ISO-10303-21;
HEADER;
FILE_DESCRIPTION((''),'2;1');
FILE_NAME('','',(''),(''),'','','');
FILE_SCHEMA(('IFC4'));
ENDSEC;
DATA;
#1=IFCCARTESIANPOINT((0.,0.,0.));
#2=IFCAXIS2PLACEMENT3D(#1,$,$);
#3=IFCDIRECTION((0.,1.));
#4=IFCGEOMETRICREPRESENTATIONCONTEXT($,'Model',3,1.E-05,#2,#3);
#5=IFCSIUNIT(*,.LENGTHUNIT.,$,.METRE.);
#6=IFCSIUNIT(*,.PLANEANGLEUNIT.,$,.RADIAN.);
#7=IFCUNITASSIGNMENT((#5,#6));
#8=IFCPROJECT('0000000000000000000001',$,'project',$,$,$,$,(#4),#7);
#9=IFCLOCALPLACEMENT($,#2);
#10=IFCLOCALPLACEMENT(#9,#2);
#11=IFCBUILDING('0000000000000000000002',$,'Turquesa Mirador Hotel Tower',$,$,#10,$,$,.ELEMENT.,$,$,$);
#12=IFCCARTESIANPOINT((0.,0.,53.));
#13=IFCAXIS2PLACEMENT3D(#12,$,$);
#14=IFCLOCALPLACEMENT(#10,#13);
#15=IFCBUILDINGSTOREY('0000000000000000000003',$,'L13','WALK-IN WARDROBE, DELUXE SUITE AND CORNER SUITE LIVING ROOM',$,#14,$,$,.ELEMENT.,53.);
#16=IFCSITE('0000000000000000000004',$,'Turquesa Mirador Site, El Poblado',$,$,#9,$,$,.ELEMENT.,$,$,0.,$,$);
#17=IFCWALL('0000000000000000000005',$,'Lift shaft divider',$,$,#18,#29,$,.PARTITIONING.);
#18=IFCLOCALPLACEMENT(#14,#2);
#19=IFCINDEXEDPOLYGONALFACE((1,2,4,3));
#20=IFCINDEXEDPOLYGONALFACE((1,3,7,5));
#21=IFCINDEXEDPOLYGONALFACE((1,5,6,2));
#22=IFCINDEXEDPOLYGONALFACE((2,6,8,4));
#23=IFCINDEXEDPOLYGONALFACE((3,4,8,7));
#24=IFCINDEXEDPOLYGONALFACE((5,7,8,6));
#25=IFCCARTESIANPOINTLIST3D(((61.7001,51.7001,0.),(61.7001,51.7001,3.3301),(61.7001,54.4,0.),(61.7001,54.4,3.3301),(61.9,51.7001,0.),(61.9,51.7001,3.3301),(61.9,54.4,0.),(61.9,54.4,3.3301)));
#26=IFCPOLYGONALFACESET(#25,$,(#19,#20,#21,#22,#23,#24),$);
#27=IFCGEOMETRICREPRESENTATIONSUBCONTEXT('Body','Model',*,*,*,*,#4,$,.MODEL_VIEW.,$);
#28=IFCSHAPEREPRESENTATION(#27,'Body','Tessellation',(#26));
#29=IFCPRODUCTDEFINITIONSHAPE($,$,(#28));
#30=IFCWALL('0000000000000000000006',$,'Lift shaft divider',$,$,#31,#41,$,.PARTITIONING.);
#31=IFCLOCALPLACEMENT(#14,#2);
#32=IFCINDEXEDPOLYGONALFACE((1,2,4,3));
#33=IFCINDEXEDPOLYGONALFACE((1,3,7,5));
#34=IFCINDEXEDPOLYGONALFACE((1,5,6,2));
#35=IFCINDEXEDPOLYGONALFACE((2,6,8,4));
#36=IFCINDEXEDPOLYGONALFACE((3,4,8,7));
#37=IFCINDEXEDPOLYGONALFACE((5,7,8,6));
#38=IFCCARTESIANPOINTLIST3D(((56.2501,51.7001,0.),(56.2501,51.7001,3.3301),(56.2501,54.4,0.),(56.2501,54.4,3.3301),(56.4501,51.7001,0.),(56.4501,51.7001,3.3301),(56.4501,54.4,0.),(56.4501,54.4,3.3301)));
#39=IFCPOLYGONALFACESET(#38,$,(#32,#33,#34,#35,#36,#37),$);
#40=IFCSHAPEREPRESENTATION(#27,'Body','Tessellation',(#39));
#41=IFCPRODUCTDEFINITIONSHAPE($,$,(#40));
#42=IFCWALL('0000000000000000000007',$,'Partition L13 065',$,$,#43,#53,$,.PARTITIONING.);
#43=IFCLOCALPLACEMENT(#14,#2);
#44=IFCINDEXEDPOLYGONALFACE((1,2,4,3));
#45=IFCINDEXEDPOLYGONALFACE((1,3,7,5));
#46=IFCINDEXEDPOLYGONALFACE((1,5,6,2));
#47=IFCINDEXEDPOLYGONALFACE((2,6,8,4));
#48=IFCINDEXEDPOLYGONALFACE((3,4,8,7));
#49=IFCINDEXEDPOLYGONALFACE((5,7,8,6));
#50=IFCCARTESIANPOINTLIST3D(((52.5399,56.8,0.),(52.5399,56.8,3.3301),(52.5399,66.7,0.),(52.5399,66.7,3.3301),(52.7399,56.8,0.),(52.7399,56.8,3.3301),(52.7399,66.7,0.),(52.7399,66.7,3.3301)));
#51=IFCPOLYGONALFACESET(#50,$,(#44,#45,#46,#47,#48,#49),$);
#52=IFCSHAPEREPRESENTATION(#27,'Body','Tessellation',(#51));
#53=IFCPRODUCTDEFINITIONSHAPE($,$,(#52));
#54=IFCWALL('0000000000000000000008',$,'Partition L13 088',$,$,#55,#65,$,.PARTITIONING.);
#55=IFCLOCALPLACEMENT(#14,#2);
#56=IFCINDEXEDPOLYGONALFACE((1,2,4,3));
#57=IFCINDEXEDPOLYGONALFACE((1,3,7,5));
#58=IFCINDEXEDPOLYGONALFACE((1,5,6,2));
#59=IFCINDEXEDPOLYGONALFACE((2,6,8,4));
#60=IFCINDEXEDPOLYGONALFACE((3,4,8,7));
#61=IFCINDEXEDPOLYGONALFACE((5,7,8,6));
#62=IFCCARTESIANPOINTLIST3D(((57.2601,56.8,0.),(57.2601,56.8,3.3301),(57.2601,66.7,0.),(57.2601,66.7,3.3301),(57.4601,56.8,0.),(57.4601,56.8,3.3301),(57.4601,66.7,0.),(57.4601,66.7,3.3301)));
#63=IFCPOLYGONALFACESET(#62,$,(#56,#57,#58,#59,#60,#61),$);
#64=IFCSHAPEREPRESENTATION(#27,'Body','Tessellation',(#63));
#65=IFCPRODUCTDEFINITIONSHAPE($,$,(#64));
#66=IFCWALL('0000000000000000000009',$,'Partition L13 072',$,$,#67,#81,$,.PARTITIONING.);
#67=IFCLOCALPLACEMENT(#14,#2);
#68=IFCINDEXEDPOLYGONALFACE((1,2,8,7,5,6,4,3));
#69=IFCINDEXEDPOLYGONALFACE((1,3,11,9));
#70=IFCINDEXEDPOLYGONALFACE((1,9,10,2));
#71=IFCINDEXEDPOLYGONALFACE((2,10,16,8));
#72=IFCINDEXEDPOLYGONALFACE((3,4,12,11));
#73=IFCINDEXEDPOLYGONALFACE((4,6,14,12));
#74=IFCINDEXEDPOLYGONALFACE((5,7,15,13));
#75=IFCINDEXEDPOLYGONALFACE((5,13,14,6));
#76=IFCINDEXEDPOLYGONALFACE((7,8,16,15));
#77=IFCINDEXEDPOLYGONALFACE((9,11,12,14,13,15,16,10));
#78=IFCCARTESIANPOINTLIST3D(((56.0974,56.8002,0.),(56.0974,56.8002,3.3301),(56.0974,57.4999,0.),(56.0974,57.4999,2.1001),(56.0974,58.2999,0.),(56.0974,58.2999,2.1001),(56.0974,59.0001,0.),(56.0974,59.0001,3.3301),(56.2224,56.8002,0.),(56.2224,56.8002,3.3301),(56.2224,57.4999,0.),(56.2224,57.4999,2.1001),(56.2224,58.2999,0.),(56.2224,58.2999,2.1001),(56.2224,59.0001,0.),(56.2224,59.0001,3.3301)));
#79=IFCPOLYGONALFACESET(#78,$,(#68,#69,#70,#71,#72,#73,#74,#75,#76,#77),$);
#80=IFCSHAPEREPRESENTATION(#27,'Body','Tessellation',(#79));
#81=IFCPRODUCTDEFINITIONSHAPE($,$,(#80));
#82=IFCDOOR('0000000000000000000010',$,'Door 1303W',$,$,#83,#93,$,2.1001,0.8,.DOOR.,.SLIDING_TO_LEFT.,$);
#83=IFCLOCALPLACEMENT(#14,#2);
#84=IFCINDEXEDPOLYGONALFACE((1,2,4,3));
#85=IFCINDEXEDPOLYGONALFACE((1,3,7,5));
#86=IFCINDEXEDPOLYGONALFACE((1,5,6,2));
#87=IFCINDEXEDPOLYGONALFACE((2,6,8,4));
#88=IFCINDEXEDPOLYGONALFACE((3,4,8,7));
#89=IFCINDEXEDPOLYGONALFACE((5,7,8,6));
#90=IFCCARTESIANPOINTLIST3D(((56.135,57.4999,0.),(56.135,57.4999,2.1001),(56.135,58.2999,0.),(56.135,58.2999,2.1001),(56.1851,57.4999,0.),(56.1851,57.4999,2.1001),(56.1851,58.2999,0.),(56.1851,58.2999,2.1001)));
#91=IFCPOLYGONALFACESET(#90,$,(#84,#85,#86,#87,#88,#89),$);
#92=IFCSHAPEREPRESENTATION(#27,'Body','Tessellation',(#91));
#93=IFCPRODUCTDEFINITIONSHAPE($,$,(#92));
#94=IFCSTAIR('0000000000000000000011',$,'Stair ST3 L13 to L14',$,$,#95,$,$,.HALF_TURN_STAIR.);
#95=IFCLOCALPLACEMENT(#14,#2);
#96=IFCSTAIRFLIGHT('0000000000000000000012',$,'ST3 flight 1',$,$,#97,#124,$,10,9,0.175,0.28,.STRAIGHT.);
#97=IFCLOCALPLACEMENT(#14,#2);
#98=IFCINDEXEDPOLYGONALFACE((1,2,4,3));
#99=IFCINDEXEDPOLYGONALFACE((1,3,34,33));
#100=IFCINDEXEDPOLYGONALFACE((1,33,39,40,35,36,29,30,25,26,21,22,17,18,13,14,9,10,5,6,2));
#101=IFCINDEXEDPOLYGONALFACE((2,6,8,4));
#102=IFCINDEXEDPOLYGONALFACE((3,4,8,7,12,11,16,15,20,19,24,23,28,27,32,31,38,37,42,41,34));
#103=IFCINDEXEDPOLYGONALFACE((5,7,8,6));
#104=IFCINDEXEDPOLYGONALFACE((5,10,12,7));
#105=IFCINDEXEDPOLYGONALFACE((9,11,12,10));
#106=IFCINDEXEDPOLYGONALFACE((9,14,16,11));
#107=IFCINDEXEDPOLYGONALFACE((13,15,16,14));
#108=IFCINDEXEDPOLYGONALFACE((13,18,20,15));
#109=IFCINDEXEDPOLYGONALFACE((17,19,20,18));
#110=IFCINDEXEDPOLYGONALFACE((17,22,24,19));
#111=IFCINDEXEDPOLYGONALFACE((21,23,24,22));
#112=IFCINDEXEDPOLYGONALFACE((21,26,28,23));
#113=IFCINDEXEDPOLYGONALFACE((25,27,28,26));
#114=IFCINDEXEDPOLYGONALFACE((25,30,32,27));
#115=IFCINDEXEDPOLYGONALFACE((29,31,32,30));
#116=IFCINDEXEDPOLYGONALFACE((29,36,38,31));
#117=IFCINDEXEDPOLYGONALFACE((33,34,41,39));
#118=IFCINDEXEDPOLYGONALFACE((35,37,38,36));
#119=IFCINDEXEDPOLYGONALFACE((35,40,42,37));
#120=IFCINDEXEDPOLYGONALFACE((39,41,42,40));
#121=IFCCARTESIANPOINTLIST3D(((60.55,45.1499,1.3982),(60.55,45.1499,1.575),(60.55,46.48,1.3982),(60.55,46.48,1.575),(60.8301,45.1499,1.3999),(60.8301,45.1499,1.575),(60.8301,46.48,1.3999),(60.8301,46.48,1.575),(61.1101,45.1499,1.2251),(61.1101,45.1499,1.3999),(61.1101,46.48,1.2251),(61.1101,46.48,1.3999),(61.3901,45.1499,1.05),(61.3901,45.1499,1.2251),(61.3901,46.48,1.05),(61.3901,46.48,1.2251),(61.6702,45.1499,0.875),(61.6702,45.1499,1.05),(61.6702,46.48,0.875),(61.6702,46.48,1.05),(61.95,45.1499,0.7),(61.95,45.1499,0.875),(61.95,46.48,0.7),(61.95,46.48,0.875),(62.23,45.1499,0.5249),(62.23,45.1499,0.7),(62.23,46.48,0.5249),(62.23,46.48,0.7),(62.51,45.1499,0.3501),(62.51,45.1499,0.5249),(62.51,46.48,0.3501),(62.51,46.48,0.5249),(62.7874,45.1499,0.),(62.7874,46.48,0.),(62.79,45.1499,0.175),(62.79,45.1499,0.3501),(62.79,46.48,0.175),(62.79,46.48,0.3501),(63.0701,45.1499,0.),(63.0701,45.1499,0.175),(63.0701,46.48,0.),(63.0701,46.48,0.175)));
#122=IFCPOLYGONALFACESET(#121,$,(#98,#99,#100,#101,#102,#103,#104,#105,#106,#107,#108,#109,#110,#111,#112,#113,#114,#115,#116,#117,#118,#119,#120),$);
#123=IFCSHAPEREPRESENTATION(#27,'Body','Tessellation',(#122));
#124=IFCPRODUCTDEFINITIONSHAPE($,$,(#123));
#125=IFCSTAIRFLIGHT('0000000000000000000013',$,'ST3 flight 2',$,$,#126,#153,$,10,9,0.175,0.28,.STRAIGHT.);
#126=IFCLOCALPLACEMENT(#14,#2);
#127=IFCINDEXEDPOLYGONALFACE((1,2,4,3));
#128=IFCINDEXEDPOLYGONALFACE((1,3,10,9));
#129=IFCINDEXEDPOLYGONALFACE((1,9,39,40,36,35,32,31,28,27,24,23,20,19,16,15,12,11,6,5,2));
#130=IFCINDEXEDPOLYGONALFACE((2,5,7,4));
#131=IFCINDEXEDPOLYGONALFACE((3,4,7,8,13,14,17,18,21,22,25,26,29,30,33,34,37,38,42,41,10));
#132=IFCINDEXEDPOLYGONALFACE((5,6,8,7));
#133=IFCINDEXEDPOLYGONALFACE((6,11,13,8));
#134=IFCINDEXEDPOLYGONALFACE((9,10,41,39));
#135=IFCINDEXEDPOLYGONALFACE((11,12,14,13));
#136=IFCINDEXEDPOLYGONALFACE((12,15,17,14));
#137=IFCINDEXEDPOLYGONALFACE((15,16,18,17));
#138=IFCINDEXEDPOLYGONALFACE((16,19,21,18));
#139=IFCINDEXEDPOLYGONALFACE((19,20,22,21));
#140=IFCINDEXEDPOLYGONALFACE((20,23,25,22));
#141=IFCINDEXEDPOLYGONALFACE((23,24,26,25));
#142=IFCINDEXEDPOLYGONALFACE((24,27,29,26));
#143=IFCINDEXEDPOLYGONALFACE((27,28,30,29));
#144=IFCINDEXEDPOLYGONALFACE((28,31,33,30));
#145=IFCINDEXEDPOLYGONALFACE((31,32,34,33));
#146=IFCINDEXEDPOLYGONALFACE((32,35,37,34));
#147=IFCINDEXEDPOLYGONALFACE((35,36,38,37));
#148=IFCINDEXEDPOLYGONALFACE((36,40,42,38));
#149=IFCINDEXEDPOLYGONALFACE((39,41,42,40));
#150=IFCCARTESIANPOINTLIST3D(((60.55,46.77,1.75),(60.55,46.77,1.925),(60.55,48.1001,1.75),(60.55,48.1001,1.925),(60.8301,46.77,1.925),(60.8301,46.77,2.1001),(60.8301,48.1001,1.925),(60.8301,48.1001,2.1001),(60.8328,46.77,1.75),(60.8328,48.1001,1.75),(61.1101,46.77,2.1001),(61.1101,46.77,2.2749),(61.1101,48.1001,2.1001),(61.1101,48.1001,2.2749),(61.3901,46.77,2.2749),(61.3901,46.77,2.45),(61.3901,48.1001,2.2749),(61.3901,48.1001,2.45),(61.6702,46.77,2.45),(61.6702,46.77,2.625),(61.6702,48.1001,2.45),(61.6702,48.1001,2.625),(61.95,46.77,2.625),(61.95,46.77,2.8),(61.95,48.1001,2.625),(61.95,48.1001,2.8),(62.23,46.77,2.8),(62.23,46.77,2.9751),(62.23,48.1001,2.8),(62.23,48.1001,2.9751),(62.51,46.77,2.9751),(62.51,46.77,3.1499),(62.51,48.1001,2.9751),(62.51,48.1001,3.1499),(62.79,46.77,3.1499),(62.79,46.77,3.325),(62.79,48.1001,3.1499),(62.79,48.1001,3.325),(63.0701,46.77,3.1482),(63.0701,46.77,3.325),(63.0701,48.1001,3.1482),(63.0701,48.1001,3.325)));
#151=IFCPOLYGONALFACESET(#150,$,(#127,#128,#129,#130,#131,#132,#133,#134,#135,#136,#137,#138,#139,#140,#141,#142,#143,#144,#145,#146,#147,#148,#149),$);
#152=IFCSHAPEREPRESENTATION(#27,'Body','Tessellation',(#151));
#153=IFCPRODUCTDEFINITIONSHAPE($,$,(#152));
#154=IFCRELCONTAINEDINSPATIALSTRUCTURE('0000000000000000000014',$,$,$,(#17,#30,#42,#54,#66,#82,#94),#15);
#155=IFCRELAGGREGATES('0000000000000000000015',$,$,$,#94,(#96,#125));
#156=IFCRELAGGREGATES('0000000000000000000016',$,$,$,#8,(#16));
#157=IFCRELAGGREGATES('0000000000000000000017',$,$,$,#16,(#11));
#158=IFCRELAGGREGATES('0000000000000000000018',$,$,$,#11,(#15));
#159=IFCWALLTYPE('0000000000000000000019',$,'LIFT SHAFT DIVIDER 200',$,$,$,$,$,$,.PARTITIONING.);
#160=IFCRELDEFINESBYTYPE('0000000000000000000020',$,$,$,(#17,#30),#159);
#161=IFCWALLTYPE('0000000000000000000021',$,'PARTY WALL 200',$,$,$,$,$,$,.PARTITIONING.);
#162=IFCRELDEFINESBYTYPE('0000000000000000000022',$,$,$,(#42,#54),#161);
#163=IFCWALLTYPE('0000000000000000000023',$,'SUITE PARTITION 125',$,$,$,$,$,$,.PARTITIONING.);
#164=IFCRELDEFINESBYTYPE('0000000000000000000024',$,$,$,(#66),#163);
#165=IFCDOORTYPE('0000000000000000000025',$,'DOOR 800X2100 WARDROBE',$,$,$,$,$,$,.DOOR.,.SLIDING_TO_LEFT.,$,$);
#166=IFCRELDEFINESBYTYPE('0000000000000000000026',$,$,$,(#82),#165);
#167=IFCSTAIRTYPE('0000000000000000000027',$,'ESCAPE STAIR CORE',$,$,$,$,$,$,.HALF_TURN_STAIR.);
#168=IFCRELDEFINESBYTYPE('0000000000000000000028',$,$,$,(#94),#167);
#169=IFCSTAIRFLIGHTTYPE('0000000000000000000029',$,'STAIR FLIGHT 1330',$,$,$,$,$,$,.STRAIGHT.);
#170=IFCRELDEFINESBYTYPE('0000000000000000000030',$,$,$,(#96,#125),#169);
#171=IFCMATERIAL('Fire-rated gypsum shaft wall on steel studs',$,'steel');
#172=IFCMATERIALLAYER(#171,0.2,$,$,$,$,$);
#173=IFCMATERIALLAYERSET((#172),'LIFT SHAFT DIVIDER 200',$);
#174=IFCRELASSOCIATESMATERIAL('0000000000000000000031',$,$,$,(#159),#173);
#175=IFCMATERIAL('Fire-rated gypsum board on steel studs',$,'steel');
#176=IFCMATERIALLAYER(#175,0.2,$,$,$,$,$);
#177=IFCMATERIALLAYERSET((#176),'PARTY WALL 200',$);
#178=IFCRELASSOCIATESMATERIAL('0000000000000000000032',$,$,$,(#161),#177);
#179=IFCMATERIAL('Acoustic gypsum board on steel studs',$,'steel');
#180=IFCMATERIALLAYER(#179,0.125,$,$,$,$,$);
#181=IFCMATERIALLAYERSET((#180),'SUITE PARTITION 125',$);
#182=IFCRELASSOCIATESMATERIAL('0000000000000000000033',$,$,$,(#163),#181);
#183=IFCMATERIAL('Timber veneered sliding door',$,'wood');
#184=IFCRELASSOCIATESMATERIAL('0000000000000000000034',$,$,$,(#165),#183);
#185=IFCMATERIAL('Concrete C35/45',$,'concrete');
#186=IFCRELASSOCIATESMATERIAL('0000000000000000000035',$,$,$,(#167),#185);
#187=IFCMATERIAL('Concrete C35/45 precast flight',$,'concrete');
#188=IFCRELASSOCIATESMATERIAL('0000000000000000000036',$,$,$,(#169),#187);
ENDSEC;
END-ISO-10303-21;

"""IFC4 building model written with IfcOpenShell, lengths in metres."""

from ifc_helpers import new_model, si_unit, direction, frame, frame_2d, origin, place, context, subcontext, project, spatial, polyline, rectangle, outline, extrude, material, layer, layer_set, type_object, element, fill, aggregate, save


model = new_model("IFC4")

# Units and contexts
model_context = context("Model", 3, precision=1e-05, world=origin(), true_north=direction((0.0, 1.0)))
body_context = subcontext(model_context, "Body", "Model", "MODEL_VIEW")
ifc_project = project(units=[si_unit("LENGTHUNIT", "METRE"), si_unit("PLANEANGLEUNIT", "RADIAN")], contexts=[model_context])

# Site, building, storey
site_placement = place(None, origin())
site = spatial("IfcSite", under=ifc_project, at=site_placement, Name="Turquesa Mirador Site, El Poblado", CompositionType="ELEMENT", RefElevation=0.0)
building_placement = place(site_placement, origin())
building = spatial("IfcBuilding", under=site, at=building_placement, Name="Turquesa Mirador Hotel Tower", CompositionType="ELEMENT")
storey_placement = place(building_placement, frame((0.0, 0.0, 53.0)))
storey = spatial("IfcBuildingStorey", under=building, at=storey_placement, Name="L13", Description="WALK-IN WARDROBE, DELUXE SUITE AND CORNER SUITE LIVING ROOM", CompositionType="ELEMENT", Elevation=53.0)

# Walls
ifc_material_1 = material(Name="Fire-rated gypsum shaft wall on steel studs", Category="steel")
ifc_layer_1 = layer(ifc_material_1, 0.2)
ifc_layer_set_1 = layer_set([ifc_layer_1], Name="LIFT SHAFT DIVIDER 200")
wall_type_1 = type_object("IfcWallType", Name="LIFT SHAFT DIVIDER 200", PredefinedType="PARTITIONING", material=ifc_layer_set_1)
for number, where, z_axis, x_axis, name in (
    (1, (61.8, 51.7, 0.0), (0.0, 0.0, 1.0), (0.0, 1.0, 0.0), "Lift shaft divider"),
    (2, (56.3501, 51.7, 0.0), (0.0, 0.0, 1.0), (0.0, 1.0, 0.0), "Lift shaft divider"),
):
    element("IfcWall", number, at=place(storey_placement, frame(where, z_axis=z_axis, x_axis=x_axis)), inside=storey, type_object=wall_type_1, Name=name, PredefinedType="PARTITIONING", context=body_context, shape_type="SweptSolid", body=[
        extrude(rectangle(XDim=2.7, YDim=0.2, at=frame_2d((1.3501, 0.0))), origin(), (0.0, 0.0, 1.0), 3.3301),
    ])
ifc_material_2 = material(Name="Fire-rated gypsum board on steel studs", Category="steel")
ifc_layer_2 = layer(ifc_material_2, 0.2)
ifc_layer_set_2 = layer_set([ifc_layer_2], Name="PARTY WALL 200")
wall_type_2 = type_object("IfcWallType", Name="PARTY WALL 200", PredefinedType="PARTITIONING", material=ifc_layer_set_2)
for number, where, z_axis, x_axis, name in (
    (3, (52.6399, 56.8, 0.0), (0.0, 0.0, 1.0), (0.0, 1.0, 0.0), "Partition L13 065"),
    (4, (57.3601, 56.8, 0.0), (0.0, 0.0, 1.0), (0.0, 1.0, 0.0), "Partition L13 088"),
):
    element("IfcWall", number, at=place(storey_placement, frame(where, z_axis=z_axis, x_axis=x_axis)), inside=storey, type_object=wall_type_2, Name=name, PredefinedType="PARTITIONING", context=body_context, shape_type="SweptSolid", body=[
        extrude(rectangle(XDim=9.8999, YDim=0.2, at=frame_2d((4.95, 0.0))), origin(), (0.0, 0.0, 1.0), 3.3301),
    ])

# Wall, opening, door
ifc_material_3 = material(Name="Acoustic gypsum board on steel studs", Category="steel")
ifc_layer_3 = layer(ifc_material_3, 0.125)
ifc_layer_set_3 = layer_set([ifc_layer_3], Name="SUITE PARTITION 125")
wall_type_3 = type_object("IfcWallType", Name="SUITE PARTITION 125", PredefinedType="PARTITIONING", material=ifc_layer_set_3)
wall_1_placement = place(storey_placement, frame((56.1599, 56.8, 0.0), z_axis=(0.0, 0.0, 1.0), x_axis=(0.0, 1.0, 0.0)))
wall_1 = element("IfcWall", 5, at=wall_1_placement, inside=storey, type_object=wall_type_3, Name="Partition L13 072", PredefinedType="PARTITIONING", context=body_context, shape_type="SweptSolid", body=[
    extrude(rectangle(XDim=2.2, YDim=0.125, at=frame_2d((1.1001, 0.0))), origin(), (0.0, 0.0, 1.0), 3.3301),
])
opening_1_placement = place(wall_1_placement, frame((0.7, 0.0, 0.0)))
opening_1 = element("IfcOpeningElement", 6, at=opening_1_placement, cuts=wall_1, PredefinedType="OPENING", context=body_context, shape_type="SweptSolid", body=[
    extrude(rectangle(XDim=0.8, YDim=2.1001, at=frame_2d((0.3999, 1.05))), frame((0.0, 0.0725, 0.0), z_axis=(0.0, -1.0, 0.0), x_axis=(1.0, 0.0, 0.0)), (0.0, 0.0, 1.0), 0.145),
])
ifc_material_4 = material(Name="Timber veneered sliding door", Category="wood")
door_type_1 = type_object("IfcDoorType", Name="DOOR 800X2100 WARDROBE", OperationType="SLIDING_TO_LEFT", PredefinedType="DOOR", material=ifc_material_4)
door_1_placement = place(opening_1_placement, origin())
door_1 = element("IfcDoor", 7, at=door_1_placement, inside=storey, type_object=door_type_1, Name="Door 1303W", OperationType="SLIDING_TO_LEFT", OverallHeight=2.1001, OverallWidth=0.8, PredefinedType="DOOR", context=body_context, shape_type="SweptSolid", body=[
    extrude(rectangle(XDim=0.8, YDim=2.1001, at=frame_2d((0.3999, 1.05))), frame((0.0, 0.0249, 0.0), z_axis=(0.0, -1.0, 0.0), x_axis=(1.0, 0.0, 0.0)), (0.0, 0.0, 1.0), 0.05),
])
fill(opening_1, door_1)

# Stair, stair flights
ifc_material_5 = material(Name="Concrete C35/45", Category="concrete")
stair_type = type_object("IfcStairType", Name="ESCAPE STAIR CORE", PredefinedType="HALF_TURN_STAIR", material=ifc_material_5)
stair_placement = place(storey_placement, origin())
stair = element("IfcStair", 8, at=stair_placement, inside=storey, type_object=stair_type, Name="Stair ST3 L13 to L14", PredefinedType="HALF_TURN_STAIR")
ifc_material_6 = material(Name="Concrete C35/45 precast flight", Category="concrete")
stair_flight_type = type_object("IfcStairFlightType", Name="STAIR FLIGHT 1330", PredefinedType="STRAIGHT", material=ifc_material_6)
stair_flight_1_placement = place(storey_placement, frame((63.0701, 45.8149, 0.0), z_axis=(0.0, 0.0, 1.0), x_axis=(-1.0, 0.0, 0.0)))
stair_flight_1 = element("IfcStairFlight", 9, at=stair_flight_1_placement, type_object=stair_flight_type, Name="ST3 flight 1", NumberOfRisers=10, NumberOfTreads=9, PredefinedType="STRAIGHT", RiserHeight=0.175, TreadLength=0.28, context=body_context, shape_type="SweptSolid", body=[
    extrude(outline(polyline([(0.0, 0.0), (0.0, 0.175), (0.28, 0.175), (0.28, 0.3501), (0.5601, 0.3501), (0.5601, 0.5249), (0.8401, 0.5249), (0.8401, 0.7), (1.1201, 0.7), (1.1201, 0.875), (1.3999, 0.875), (1.3999, 1.05), (1.6799, 1.05), (1.6799, 1.2251), (1.96, 1.2251), (1.96, 1.3999), (2.24, 1.3999), (2.24, 1.575), (2.52, 1.575), (2.52, 1.75), (2.52, 1.3982), (0.2827, 0.0), (0.0, 0.0)])), frame((0.0, 0.665, 0.0), z_axis=(0.0, -1.0, 0.0), x_axis=(1.0, 0.0, 0.0)), (0.0, 0.0, 1.0), 1.3301),
])
stair_flight_2_placement = place(storey_placement, frame((60.55, 47.4351, 1.75), z_axis=(0.0, 0.0, 1.0), x_axis=(1.0, 0.0, 0.0)))
stair_flight_2 = element("IfcStairFlight", 10, at=stair_flight_2_placement, type_object=stair_flight_type, Name="ST3 flight 2", NumberOfRisers=10, NumberOfTreads=9, PredefinedType="STRAIGHT", RiserHeight=0.175, TreadLength=0.28, context=body_context, shape_type="SweptSolid", body=[
    extrude(outline(polyline([(0.0, 0.0), (0.0, 0.175), (0.28, 0.175), (0.28, 0.3501), (0.5601, 0.3501), (0.5601, 0.5249), (0.8401, 0.5249), (0.8401, 0.7), (1.1201, 0.7), (1.1201, 0.875), (1.3999, 0.875), (1.3999, 1.05), (1.6799, 1.05), (1.6799, 1.2251), (1.96, 1.2251), (1.96, 1.3999), (2.24, 1.3999), (2.24, 1.575), (2.52, 1.575), (2.52, 1.75), (2.52, 1.3982), (0.2827, 0.0), (0.0, 0.0)])), frame((0.0, 0.665, 0.0), z_axis=(0.0, -1.0, 0.0), x_axis=(1.0, 0.0, 0.0)), (0.0, 0.0, 1.0), 1.3301),
])
aggregate(stair, [stair_flight_1, stair_flight_2])

save(model, "model.ifc")
